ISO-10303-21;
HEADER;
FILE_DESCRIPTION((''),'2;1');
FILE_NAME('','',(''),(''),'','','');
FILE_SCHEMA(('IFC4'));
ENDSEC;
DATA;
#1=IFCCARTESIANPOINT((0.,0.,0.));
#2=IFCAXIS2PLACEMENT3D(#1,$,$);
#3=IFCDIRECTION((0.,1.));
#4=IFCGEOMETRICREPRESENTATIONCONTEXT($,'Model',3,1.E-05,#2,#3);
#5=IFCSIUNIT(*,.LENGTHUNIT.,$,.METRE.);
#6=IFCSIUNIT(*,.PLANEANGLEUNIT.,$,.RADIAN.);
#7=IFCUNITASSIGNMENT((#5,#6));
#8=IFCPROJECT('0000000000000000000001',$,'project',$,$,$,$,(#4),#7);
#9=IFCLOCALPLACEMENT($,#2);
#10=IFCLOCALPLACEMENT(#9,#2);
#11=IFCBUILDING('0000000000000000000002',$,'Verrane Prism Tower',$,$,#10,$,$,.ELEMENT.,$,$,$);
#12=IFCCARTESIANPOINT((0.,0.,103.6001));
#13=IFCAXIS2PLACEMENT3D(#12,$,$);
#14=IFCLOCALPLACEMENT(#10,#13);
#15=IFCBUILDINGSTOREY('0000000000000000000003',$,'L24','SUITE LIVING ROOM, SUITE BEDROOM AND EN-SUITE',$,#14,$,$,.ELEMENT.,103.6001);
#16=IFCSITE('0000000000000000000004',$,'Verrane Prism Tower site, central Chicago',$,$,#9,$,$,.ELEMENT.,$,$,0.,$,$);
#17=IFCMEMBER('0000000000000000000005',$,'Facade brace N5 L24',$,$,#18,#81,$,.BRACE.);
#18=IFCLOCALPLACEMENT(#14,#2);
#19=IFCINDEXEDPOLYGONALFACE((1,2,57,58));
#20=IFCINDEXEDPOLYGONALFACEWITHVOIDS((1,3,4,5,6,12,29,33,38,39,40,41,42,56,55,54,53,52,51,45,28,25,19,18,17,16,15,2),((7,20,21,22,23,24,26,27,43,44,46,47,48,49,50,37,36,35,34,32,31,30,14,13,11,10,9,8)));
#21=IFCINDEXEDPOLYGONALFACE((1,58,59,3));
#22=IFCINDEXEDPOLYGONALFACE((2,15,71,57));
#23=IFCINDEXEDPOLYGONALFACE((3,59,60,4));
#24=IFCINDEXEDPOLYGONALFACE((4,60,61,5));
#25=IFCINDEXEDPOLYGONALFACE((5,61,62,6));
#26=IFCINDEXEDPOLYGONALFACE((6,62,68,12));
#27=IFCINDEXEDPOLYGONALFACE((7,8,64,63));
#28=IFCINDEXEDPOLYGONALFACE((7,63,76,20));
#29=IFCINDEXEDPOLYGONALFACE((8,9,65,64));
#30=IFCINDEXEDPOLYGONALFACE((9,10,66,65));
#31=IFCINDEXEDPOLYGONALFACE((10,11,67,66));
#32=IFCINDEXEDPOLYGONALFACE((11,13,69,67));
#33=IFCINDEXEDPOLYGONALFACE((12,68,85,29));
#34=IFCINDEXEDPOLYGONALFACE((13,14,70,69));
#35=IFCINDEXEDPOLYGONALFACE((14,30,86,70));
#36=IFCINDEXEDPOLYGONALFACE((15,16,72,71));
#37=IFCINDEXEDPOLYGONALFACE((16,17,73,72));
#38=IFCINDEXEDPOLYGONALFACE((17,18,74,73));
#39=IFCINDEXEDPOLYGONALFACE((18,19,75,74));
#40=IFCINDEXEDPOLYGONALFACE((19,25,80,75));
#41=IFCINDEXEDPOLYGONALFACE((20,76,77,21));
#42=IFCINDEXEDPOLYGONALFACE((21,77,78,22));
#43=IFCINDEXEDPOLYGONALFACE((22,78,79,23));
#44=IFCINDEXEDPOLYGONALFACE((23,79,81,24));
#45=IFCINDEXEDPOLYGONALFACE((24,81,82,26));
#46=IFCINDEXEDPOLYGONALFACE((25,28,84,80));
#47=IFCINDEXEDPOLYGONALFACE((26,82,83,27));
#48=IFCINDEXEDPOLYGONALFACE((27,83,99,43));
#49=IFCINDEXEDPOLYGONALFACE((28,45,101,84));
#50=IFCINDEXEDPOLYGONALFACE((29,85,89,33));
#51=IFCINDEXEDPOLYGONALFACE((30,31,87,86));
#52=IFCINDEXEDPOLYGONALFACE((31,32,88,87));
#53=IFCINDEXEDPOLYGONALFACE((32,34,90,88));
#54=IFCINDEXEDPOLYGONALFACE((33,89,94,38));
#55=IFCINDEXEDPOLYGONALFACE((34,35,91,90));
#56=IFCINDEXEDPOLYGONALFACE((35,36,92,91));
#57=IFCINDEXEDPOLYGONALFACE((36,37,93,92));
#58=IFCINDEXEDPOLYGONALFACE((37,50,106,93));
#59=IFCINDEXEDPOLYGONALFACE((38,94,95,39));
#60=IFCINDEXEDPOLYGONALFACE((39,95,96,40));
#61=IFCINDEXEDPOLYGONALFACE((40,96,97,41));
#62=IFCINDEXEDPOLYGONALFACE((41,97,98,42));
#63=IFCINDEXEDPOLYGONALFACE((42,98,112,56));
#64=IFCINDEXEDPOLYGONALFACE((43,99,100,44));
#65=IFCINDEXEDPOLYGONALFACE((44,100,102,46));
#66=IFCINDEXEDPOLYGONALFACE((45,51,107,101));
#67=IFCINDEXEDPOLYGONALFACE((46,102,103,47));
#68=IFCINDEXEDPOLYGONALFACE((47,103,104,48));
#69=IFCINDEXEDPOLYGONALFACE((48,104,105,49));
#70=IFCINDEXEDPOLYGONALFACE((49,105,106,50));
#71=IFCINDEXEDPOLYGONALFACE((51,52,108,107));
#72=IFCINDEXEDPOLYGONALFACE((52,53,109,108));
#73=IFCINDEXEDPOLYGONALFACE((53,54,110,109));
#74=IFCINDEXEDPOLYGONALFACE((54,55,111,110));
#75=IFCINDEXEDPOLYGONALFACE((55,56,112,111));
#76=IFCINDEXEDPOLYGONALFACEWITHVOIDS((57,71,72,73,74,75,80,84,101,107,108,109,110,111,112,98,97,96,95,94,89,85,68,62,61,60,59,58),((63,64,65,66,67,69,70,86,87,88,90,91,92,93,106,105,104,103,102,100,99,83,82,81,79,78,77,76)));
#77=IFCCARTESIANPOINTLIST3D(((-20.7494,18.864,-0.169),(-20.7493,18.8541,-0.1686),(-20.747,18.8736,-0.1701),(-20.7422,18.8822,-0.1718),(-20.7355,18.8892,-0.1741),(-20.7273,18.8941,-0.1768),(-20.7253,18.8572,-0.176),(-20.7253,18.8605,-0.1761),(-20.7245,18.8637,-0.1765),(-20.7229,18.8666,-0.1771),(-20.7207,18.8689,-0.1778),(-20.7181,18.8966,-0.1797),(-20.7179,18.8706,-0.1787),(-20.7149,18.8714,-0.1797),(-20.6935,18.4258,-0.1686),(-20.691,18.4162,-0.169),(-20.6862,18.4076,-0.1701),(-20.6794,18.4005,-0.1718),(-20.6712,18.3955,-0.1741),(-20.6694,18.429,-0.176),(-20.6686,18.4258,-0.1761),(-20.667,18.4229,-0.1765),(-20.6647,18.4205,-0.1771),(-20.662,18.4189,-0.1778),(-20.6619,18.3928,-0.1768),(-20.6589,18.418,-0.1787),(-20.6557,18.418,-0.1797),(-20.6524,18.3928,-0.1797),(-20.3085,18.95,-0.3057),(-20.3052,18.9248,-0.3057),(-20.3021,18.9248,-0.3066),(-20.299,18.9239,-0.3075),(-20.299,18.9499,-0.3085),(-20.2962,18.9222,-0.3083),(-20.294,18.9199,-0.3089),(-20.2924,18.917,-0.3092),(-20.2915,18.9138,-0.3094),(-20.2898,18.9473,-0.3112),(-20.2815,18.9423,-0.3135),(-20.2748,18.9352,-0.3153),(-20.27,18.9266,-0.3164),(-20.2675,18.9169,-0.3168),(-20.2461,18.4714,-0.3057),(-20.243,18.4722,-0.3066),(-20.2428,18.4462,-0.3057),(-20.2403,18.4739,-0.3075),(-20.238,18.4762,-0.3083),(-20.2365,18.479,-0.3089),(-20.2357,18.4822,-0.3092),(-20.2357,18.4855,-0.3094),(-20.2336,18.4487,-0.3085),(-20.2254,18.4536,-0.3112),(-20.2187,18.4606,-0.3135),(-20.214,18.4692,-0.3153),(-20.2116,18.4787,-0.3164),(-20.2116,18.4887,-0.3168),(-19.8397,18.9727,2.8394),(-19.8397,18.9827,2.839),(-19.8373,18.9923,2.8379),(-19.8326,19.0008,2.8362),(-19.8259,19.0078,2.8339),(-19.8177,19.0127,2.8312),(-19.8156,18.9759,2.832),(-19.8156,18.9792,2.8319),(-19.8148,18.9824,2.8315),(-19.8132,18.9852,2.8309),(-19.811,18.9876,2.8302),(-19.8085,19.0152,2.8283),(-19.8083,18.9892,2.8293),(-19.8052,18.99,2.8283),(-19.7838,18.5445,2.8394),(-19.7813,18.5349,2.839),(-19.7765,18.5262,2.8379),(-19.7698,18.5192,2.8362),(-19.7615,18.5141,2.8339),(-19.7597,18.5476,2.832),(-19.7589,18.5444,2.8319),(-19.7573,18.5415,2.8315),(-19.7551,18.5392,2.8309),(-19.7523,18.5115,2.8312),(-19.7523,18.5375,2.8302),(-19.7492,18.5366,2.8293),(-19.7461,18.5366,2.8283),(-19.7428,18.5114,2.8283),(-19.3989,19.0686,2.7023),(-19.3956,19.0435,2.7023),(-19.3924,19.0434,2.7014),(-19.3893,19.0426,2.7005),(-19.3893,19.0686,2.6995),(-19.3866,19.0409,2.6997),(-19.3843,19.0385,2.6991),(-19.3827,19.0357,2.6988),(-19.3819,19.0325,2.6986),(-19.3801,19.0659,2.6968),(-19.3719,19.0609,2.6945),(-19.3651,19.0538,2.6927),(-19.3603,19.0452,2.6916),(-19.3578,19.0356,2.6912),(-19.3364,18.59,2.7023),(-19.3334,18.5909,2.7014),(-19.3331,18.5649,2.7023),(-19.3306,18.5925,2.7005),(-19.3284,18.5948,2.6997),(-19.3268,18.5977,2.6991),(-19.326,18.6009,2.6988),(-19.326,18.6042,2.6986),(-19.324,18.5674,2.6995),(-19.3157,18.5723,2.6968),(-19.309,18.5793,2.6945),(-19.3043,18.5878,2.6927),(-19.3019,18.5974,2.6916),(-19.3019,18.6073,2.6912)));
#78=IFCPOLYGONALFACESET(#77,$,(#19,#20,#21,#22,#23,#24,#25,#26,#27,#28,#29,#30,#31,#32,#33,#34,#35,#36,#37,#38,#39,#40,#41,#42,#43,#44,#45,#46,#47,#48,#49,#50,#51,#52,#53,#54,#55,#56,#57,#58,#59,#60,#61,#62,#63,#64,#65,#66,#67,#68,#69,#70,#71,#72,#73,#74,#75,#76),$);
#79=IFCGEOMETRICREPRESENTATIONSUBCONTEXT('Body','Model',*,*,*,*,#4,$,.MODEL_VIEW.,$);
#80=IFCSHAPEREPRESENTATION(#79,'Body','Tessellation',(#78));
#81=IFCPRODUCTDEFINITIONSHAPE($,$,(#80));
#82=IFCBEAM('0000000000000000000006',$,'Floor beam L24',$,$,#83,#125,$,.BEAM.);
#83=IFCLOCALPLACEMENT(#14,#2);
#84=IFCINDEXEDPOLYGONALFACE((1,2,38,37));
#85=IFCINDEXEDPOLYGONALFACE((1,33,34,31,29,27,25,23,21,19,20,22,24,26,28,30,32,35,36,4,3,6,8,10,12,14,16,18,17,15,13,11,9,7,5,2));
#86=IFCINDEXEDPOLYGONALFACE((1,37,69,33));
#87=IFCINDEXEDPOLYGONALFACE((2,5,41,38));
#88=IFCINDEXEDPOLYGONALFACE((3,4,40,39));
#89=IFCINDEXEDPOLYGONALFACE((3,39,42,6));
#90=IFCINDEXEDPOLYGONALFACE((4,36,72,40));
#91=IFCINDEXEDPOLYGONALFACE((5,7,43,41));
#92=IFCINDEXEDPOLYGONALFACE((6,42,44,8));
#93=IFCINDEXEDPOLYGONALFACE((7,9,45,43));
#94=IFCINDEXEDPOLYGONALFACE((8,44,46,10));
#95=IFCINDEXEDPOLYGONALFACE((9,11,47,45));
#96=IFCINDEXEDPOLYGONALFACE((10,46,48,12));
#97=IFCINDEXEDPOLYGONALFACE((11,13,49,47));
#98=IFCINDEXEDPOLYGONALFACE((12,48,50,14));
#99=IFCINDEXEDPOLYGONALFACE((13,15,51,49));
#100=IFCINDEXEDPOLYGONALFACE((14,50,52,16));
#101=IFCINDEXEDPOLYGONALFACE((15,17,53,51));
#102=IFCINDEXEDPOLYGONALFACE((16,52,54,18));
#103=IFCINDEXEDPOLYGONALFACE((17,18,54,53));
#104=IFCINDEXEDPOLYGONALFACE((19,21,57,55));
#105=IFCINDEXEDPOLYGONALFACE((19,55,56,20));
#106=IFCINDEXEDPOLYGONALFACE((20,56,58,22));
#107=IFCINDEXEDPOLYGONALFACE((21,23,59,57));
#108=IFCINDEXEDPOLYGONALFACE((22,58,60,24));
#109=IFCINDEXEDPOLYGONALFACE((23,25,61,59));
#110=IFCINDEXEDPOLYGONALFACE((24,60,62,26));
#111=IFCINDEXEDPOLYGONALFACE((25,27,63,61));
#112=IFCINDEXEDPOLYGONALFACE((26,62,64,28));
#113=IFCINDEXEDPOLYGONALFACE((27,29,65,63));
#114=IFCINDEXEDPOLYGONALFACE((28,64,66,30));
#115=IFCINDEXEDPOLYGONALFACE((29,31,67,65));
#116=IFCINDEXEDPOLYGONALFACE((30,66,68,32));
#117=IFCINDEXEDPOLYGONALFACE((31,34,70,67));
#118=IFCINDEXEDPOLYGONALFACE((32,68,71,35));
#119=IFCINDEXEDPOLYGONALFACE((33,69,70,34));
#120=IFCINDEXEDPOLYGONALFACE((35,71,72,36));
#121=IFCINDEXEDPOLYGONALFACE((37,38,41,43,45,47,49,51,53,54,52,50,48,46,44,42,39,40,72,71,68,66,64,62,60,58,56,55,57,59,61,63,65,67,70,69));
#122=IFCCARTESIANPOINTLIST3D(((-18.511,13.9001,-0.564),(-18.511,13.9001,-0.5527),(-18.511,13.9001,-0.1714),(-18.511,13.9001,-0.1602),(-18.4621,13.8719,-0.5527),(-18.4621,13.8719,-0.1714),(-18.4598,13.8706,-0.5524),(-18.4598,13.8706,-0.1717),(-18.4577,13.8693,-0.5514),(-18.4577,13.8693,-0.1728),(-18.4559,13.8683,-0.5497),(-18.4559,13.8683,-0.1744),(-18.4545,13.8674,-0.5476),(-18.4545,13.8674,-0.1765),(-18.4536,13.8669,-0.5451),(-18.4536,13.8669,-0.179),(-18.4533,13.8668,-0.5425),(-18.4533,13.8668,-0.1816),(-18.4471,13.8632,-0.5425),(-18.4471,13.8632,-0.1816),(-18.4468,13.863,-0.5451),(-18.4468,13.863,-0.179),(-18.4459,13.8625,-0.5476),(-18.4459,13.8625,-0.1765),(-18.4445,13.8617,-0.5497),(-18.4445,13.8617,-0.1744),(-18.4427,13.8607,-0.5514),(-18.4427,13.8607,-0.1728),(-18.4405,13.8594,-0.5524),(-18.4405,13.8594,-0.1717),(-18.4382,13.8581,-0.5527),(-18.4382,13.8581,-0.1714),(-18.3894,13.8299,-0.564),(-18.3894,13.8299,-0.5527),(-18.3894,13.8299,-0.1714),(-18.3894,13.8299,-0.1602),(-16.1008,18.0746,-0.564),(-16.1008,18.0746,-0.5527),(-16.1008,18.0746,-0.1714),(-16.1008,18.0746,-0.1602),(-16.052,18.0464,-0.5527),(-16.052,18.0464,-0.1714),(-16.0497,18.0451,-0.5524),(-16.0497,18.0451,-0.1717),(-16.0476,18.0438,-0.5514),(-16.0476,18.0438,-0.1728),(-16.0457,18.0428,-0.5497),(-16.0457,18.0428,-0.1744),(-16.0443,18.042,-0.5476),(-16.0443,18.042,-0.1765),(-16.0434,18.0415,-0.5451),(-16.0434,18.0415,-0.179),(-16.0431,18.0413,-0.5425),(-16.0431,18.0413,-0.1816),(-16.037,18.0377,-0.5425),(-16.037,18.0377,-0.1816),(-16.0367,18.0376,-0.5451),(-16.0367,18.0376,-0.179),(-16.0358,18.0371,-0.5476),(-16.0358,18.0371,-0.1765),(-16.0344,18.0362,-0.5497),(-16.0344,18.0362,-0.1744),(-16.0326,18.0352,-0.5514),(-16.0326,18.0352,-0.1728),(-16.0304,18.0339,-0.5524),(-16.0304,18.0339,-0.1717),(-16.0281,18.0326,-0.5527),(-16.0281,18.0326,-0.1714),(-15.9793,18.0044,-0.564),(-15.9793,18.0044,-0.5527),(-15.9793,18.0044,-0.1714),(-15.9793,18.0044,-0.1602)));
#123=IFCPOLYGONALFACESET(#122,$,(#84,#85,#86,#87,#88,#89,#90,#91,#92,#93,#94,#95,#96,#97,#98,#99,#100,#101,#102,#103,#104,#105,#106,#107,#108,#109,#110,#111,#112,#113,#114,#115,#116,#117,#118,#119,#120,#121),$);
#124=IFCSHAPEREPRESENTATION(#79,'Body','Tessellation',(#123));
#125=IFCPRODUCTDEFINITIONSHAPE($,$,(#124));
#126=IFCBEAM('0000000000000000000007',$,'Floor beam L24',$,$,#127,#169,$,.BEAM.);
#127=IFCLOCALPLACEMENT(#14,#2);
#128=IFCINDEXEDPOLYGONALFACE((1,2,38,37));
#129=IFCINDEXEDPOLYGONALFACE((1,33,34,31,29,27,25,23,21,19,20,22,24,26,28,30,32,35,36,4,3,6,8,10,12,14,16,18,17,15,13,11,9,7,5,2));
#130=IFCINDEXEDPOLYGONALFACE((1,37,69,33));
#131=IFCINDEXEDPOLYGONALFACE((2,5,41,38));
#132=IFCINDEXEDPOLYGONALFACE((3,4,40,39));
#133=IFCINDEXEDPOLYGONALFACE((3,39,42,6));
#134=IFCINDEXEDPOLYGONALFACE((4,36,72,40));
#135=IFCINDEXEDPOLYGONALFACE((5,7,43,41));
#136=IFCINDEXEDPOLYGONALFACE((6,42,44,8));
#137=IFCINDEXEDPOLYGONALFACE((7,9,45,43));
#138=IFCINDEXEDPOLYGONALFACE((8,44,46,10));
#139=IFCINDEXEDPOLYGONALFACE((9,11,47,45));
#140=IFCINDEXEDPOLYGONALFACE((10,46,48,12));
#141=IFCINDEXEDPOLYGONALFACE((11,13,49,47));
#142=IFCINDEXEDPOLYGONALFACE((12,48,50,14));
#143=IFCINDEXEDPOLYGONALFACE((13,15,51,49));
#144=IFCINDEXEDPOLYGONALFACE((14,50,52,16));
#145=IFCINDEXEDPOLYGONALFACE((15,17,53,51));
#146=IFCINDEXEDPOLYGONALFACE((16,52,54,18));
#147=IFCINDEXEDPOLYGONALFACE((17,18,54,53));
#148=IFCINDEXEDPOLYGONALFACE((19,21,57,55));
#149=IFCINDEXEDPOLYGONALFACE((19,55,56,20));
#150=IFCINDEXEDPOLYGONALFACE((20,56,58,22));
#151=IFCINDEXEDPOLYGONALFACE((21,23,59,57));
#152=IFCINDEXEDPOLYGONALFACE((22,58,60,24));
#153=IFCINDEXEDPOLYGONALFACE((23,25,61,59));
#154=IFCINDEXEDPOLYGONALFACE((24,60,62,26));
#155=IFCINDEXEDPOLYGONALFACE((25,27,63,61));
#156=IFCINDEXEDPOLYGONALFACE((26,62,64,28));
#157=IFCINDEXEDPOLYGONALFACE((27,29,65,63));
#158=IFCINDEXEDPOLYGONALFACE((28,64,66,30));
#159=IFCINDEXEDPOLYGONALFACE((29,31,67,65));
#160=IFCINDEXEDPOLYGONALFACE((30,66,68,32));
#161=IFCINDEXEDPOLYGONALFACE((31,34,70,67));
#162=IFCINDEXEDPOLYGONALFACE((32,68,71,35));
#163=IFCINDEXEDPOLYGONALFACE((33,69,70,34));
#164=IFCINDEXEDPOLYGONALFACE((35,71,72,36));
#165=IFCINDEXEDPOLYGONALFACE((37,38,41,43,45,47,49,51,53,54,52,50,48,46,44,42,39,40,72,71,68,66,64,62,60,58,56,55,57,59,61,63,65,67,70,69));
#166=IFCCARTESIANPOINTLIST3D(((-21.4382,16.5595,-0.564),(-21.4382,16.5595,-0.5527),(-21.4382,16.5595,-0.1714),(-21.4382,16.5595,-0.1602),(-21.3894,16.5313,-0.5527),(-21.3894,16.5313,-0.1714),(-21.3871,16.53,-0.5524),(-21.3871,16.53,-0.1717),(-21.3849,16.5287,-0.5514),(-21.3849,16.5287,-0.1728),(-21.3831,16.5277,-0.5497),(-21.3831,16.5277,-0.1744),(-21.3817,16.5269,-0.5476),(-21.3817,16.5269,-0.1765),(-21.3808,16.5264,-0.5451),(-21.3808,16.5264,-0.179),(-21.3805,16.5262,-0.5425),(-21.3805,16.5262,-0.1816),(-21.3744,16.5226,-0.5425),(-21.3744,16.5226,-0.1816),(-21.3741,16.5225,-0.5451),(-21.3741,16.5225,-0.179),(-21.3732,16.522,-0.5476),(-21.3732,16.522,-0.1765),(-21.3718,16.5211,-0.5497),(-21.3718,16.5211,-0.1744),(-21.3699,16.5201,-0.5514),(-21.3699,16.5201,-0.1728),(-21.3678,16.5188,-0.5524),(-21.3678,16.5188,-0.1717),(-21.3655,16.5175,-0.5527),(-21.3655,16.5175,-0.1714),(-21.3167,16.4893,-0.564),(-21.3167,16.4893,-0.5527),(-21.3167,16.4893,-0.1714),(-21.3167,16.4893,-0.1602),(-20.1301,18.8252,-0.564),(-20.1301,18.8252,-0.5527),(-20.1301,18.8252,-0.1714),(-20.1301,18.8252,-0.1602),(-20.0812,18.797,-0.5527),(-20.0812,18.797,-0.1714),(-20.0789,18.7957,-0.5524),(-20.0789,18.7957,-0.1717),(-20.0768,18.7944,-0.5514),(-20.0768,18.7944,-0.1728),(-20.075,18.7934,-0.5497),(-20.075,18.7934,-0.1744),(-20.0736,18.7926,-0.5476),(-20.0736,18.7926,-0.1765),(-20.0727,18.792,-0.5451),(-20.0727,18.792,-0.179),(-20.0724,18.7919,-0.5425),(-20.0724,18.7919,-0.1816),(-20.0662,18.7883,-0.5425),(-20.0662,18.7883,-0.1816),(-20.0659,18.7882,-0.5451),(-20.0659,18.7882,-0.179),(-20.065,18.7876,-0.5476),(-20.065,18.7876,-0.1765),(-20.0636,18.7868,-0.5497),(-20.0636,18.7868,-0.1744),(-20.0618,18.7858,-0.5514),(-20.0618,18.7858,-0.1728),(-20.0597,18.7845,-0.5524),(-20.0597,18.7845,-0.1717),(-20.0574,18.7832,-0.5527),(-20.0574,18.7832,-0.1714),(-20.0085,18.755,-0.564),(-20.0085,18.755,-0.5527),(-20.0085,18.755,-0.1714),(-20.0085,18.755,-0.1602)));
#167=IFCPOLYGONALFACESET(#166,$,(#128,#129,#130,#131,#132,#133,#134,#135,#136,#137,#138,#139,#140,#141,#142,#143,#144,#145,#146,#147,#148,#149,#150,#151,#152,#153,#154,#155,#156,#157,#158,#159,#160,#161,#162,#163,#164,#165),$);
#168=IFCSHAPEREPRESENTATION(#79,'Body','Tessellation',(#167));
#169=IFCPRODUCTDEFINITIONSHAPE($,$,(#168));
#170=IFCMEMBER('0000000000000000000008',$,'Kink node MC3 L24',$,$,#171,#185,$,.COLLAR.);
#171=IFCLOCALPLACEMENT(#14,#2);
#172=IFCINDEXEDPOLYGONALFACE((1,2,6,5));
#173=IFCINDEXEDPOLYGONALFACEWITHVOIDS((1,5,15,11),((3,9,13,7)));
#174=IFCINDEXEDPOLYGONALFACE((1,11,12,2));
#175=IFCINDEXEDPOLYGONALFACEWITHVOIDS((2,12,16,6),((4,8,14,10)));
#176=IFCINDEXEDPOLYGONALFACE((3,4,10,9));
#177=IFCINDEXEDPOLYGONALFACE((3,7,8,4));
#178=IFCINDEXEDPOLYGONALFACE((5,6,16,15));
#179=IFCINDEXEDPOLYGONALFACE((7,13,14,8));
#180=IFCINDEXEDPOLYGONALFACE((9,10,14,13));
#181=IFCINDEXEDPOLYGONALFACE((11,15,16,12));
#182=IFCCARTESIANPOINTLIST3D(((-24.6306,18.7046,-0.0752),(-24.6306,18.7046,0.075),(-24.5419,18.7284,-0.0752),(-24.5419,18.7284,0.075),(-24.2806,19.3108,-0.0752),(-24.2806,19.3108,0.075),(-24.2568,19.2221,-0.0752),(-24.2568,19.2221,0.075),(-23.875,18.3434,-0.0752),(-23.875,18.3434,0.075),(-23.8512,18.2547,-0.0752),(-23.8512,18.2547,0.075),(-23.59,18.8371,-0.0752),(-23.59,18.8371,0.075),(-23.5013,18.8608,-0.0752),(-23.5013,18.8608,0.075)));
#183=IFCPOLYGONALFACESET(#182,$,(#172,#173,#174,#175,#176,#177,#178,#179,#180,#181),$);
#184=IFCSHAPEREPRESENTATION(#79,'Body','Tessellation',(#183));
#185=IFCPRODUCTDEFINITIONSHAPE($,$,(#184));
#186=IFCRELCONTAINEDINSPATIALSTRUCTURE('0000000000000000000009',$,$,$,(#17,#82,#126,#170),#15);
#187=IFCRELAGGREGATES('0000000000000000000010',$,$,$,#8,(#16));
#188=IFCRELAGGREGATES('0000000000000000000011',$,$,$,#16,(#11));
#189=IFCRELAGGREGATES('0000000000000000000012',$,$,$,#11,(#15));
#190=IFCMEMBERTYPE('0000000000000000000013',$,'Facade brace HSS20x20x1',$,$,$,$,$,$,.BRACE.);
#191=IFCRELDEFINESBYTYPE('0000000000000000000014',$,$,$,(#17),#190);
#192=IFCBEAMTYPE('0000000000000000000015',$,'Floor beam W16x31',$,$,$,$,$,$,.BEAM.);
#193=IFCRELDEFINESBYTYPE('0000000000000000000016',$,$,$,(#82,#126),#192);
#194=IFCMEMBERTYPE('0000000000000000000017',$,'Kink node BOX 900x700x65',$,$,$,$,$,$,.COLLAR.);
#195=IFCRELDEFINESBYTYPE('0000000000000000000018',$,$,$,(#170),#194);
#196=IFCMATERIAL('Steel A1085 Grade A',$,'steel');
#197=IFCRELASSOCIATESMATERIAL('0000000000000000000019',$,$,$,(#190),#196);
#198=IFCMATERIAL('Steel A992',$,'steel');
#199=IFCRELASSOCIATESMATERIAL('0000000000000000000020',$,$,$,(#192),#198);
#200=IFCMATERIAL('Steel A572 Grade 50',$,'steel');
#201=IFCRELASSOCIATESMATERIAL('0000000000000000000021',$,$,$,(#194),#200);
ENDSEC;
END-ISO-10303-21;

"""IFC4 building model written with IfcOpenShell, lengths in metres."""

from ifc_helpers import new_model, si_unit, direction, frame, origin, origin_2d, place, context, subcontext, project, spatial, hollow_rectangle, i_section, extrude, material, material_profile, profile_set, type_object, element, save


model = new_model("IFC4")

# Units and contexts
model_context = context("Model", 3, precision=1e-05, world=origin(), true_north=direction((0.0, 1.0)))
body_context = subcontext(model_context, "Body", "Model", "MODEL_VIEW")
ifc_project = project(units=[si_unit("LENGTHUNIT", "METRE"), si_unit("PLANEANGLEUNIT", "RADIAN")], contexts=[model_context])

# Site, building, storey
site_placement = place(None, origin())
site = spatial("IfcSite", under=ifc_project, at=site_placement, Name="Verrane Prism Tower site, central Chicago", CompositionType="ELEMENT", RefElevation=0.0)
building_placement = place(site_placement, origin())
building = spatial("IfcBuilding", under=site, at=building_placement, Name="Verrane Prism Tower", CompositionType="ELEMENT")
storey_placement = place(building_placement, frame((0.0, 0.0, 103.6001)))
storey = spatial("IfcBuildingStorey", under=building, at=storey_placement, Name="L24", Description="SUITE LIVING ROOM, SUITE BEDROOM AND EN-SUITE", CompositionType="ELEMENT", Elevation=103.6001)

# Member
ifc_material_1 = material(Name="Steel A1085 Grade A", Category="steel")
ifc_material_profile_1 = material_profile(ifc_material_1, hollow_rectangle(XDim=0.5081, YDim=0.5081, WallThickness=0.0254, InnerFilletRadius=0.0127, OuterFilletRadius=0.0381, at=origin_2d()), Name="HSS20x20x1")
ifc_profile_set_1 = profile_set([ifc_material_profile_1], Name="Steel A1085 Grade A")
member_type_1 = type_object("IfcMemberType", Name="Facade brace HSS20x20x1", PredefinedType="BRACE", material=ifc_profile_set_1)
member_1_placement = place(storey_placement, frame((-20.4805, 18.6714, -0.2427), z_axis=(0.289258, 0.037729, 0.956507), x_axis=(-0.129339, 0.9916, 0.0)))
element("IfcMember", 1, at=member_1_placement, inside=storey, type_object=member_type_1, Name="Facade brace N5 L24", PredefinedType="BRACE", context=body_context, shape_type="SweptSolid", body=[
    extrude(hollow_rectangle(XDim=0.5081, YDim=0.5081, WallThickness=0.0254, InnerFilletRadius=0.0127, OuterFilletRadius=0.0381, at=origin_2d()), origin(), (0.0, 0.0, 1.0), 3.1448),
])

# Beams
ifc_material_2 = material(Name="Steel A992", Category="steel")
ifc_material_profile_2 = material_profile(ifc_material_2, i_section(OverallWidth=0.1404, OverallDepth=0.4038, WebThickness=0.0071, FlangeThickness=0.0112, FilletRadius=0.0103, at=origin_2d()), Name="W16x31")
ifc_profile_set_2 = profile_set([ifc_material_profile_2], Name="Steel A992")
beam_type_1 = type_object("IfcBeamType", Name="Floor beam W16x31", PredefinedType="BEAM", material=ifc_profile_set_2)
beam_1_placement = place(storey_placement, frame((-18.4502, 13.865, -0.3621), z_axis=(0.499996, 0.866028, 0.0), x_axis=(-0.866028, 0.499996, 0.0)))
element("IfcBeam", 2, at=beam_1_placement, inside=storey, type_object=beam_type_1, Name="Floor beam L24", PredefinedType="BEAM", context=body_context, shape_type="SweptSolid", body=[
    extrude(i_section(OverallWidth=0.1404, OverallDepth=0.4038, WebThickness=0.0071, FlangeThickness=0.0112, FilletRadius=0.0103, at=origin_2d()), origin(), (0.0, 0.0, 1.0), 4.8203),
])
beam_2_placement = place(storey_placement, frame((-21.3774, 16.5244, -0.3621), z_axis=(0.500013, 0.866018, 0.0), x_axis=(-0.866018, 0.500013, 0.0)))
element("IfcBeam", 3, at=beam_2_placement, inside=storey, type_object=beam_type_1, Name="Floor beam L24", PredefinedType="BEAM", context=body_context, shape_type="SweptSolid", body=[
    extrude(i_section(OverallWidth=0.1404, OverallDepth=0.4038, WebThickness=0.0071, FlangeThickness=0.0112, FilletRadius=0.0103, at=origin_2d()), origin(), (0.0, 0.0, 1.0), 2.6162),
])

# Member
ifc_material_3 = material(Name="Steel A572 Grade 50", Category="steel")
ifc_material_profile_3 = material_profile(ifc_material_3, hollow_rectangle(XDim=0.7, YDim=0.8999, WallThickness=0.0649, at=origin_2d()), Name="BOX 900x700x65")
ifc_profile_set_3 = profile_set([ifc_material_profile_3], Name="Steel A572 Grade 50")
member_type_2 = type_object("IfcMemberType", Name="Kink node BOX 900x700x65", PredefinedType="COLLAR", material=ifc_profile_set_3)
member_2_placement = place(storey_placement, frame((-24.0659, 18.7827, -0.0752), z_axis=(0.0, 0.0, 1.0), x_axis=(0.5, 0.866025, 0.0)))
element("IfcMember", 4, at=member_2_placement, inside=storey, type_object=member_type_2, Name="Kink node MC3 L24", PredefinedType="COLLAR", context=body_context, shape_type="SweptSolid", body=[
    extrude(hollow_rectangle(XDim=0.7, YDim=0.8999, WallThickness=0.0649, at=origin_2d()), origin(), (0.0, 0.0, 1.0), 0.1501),
])

save(model, "model.ifc")
